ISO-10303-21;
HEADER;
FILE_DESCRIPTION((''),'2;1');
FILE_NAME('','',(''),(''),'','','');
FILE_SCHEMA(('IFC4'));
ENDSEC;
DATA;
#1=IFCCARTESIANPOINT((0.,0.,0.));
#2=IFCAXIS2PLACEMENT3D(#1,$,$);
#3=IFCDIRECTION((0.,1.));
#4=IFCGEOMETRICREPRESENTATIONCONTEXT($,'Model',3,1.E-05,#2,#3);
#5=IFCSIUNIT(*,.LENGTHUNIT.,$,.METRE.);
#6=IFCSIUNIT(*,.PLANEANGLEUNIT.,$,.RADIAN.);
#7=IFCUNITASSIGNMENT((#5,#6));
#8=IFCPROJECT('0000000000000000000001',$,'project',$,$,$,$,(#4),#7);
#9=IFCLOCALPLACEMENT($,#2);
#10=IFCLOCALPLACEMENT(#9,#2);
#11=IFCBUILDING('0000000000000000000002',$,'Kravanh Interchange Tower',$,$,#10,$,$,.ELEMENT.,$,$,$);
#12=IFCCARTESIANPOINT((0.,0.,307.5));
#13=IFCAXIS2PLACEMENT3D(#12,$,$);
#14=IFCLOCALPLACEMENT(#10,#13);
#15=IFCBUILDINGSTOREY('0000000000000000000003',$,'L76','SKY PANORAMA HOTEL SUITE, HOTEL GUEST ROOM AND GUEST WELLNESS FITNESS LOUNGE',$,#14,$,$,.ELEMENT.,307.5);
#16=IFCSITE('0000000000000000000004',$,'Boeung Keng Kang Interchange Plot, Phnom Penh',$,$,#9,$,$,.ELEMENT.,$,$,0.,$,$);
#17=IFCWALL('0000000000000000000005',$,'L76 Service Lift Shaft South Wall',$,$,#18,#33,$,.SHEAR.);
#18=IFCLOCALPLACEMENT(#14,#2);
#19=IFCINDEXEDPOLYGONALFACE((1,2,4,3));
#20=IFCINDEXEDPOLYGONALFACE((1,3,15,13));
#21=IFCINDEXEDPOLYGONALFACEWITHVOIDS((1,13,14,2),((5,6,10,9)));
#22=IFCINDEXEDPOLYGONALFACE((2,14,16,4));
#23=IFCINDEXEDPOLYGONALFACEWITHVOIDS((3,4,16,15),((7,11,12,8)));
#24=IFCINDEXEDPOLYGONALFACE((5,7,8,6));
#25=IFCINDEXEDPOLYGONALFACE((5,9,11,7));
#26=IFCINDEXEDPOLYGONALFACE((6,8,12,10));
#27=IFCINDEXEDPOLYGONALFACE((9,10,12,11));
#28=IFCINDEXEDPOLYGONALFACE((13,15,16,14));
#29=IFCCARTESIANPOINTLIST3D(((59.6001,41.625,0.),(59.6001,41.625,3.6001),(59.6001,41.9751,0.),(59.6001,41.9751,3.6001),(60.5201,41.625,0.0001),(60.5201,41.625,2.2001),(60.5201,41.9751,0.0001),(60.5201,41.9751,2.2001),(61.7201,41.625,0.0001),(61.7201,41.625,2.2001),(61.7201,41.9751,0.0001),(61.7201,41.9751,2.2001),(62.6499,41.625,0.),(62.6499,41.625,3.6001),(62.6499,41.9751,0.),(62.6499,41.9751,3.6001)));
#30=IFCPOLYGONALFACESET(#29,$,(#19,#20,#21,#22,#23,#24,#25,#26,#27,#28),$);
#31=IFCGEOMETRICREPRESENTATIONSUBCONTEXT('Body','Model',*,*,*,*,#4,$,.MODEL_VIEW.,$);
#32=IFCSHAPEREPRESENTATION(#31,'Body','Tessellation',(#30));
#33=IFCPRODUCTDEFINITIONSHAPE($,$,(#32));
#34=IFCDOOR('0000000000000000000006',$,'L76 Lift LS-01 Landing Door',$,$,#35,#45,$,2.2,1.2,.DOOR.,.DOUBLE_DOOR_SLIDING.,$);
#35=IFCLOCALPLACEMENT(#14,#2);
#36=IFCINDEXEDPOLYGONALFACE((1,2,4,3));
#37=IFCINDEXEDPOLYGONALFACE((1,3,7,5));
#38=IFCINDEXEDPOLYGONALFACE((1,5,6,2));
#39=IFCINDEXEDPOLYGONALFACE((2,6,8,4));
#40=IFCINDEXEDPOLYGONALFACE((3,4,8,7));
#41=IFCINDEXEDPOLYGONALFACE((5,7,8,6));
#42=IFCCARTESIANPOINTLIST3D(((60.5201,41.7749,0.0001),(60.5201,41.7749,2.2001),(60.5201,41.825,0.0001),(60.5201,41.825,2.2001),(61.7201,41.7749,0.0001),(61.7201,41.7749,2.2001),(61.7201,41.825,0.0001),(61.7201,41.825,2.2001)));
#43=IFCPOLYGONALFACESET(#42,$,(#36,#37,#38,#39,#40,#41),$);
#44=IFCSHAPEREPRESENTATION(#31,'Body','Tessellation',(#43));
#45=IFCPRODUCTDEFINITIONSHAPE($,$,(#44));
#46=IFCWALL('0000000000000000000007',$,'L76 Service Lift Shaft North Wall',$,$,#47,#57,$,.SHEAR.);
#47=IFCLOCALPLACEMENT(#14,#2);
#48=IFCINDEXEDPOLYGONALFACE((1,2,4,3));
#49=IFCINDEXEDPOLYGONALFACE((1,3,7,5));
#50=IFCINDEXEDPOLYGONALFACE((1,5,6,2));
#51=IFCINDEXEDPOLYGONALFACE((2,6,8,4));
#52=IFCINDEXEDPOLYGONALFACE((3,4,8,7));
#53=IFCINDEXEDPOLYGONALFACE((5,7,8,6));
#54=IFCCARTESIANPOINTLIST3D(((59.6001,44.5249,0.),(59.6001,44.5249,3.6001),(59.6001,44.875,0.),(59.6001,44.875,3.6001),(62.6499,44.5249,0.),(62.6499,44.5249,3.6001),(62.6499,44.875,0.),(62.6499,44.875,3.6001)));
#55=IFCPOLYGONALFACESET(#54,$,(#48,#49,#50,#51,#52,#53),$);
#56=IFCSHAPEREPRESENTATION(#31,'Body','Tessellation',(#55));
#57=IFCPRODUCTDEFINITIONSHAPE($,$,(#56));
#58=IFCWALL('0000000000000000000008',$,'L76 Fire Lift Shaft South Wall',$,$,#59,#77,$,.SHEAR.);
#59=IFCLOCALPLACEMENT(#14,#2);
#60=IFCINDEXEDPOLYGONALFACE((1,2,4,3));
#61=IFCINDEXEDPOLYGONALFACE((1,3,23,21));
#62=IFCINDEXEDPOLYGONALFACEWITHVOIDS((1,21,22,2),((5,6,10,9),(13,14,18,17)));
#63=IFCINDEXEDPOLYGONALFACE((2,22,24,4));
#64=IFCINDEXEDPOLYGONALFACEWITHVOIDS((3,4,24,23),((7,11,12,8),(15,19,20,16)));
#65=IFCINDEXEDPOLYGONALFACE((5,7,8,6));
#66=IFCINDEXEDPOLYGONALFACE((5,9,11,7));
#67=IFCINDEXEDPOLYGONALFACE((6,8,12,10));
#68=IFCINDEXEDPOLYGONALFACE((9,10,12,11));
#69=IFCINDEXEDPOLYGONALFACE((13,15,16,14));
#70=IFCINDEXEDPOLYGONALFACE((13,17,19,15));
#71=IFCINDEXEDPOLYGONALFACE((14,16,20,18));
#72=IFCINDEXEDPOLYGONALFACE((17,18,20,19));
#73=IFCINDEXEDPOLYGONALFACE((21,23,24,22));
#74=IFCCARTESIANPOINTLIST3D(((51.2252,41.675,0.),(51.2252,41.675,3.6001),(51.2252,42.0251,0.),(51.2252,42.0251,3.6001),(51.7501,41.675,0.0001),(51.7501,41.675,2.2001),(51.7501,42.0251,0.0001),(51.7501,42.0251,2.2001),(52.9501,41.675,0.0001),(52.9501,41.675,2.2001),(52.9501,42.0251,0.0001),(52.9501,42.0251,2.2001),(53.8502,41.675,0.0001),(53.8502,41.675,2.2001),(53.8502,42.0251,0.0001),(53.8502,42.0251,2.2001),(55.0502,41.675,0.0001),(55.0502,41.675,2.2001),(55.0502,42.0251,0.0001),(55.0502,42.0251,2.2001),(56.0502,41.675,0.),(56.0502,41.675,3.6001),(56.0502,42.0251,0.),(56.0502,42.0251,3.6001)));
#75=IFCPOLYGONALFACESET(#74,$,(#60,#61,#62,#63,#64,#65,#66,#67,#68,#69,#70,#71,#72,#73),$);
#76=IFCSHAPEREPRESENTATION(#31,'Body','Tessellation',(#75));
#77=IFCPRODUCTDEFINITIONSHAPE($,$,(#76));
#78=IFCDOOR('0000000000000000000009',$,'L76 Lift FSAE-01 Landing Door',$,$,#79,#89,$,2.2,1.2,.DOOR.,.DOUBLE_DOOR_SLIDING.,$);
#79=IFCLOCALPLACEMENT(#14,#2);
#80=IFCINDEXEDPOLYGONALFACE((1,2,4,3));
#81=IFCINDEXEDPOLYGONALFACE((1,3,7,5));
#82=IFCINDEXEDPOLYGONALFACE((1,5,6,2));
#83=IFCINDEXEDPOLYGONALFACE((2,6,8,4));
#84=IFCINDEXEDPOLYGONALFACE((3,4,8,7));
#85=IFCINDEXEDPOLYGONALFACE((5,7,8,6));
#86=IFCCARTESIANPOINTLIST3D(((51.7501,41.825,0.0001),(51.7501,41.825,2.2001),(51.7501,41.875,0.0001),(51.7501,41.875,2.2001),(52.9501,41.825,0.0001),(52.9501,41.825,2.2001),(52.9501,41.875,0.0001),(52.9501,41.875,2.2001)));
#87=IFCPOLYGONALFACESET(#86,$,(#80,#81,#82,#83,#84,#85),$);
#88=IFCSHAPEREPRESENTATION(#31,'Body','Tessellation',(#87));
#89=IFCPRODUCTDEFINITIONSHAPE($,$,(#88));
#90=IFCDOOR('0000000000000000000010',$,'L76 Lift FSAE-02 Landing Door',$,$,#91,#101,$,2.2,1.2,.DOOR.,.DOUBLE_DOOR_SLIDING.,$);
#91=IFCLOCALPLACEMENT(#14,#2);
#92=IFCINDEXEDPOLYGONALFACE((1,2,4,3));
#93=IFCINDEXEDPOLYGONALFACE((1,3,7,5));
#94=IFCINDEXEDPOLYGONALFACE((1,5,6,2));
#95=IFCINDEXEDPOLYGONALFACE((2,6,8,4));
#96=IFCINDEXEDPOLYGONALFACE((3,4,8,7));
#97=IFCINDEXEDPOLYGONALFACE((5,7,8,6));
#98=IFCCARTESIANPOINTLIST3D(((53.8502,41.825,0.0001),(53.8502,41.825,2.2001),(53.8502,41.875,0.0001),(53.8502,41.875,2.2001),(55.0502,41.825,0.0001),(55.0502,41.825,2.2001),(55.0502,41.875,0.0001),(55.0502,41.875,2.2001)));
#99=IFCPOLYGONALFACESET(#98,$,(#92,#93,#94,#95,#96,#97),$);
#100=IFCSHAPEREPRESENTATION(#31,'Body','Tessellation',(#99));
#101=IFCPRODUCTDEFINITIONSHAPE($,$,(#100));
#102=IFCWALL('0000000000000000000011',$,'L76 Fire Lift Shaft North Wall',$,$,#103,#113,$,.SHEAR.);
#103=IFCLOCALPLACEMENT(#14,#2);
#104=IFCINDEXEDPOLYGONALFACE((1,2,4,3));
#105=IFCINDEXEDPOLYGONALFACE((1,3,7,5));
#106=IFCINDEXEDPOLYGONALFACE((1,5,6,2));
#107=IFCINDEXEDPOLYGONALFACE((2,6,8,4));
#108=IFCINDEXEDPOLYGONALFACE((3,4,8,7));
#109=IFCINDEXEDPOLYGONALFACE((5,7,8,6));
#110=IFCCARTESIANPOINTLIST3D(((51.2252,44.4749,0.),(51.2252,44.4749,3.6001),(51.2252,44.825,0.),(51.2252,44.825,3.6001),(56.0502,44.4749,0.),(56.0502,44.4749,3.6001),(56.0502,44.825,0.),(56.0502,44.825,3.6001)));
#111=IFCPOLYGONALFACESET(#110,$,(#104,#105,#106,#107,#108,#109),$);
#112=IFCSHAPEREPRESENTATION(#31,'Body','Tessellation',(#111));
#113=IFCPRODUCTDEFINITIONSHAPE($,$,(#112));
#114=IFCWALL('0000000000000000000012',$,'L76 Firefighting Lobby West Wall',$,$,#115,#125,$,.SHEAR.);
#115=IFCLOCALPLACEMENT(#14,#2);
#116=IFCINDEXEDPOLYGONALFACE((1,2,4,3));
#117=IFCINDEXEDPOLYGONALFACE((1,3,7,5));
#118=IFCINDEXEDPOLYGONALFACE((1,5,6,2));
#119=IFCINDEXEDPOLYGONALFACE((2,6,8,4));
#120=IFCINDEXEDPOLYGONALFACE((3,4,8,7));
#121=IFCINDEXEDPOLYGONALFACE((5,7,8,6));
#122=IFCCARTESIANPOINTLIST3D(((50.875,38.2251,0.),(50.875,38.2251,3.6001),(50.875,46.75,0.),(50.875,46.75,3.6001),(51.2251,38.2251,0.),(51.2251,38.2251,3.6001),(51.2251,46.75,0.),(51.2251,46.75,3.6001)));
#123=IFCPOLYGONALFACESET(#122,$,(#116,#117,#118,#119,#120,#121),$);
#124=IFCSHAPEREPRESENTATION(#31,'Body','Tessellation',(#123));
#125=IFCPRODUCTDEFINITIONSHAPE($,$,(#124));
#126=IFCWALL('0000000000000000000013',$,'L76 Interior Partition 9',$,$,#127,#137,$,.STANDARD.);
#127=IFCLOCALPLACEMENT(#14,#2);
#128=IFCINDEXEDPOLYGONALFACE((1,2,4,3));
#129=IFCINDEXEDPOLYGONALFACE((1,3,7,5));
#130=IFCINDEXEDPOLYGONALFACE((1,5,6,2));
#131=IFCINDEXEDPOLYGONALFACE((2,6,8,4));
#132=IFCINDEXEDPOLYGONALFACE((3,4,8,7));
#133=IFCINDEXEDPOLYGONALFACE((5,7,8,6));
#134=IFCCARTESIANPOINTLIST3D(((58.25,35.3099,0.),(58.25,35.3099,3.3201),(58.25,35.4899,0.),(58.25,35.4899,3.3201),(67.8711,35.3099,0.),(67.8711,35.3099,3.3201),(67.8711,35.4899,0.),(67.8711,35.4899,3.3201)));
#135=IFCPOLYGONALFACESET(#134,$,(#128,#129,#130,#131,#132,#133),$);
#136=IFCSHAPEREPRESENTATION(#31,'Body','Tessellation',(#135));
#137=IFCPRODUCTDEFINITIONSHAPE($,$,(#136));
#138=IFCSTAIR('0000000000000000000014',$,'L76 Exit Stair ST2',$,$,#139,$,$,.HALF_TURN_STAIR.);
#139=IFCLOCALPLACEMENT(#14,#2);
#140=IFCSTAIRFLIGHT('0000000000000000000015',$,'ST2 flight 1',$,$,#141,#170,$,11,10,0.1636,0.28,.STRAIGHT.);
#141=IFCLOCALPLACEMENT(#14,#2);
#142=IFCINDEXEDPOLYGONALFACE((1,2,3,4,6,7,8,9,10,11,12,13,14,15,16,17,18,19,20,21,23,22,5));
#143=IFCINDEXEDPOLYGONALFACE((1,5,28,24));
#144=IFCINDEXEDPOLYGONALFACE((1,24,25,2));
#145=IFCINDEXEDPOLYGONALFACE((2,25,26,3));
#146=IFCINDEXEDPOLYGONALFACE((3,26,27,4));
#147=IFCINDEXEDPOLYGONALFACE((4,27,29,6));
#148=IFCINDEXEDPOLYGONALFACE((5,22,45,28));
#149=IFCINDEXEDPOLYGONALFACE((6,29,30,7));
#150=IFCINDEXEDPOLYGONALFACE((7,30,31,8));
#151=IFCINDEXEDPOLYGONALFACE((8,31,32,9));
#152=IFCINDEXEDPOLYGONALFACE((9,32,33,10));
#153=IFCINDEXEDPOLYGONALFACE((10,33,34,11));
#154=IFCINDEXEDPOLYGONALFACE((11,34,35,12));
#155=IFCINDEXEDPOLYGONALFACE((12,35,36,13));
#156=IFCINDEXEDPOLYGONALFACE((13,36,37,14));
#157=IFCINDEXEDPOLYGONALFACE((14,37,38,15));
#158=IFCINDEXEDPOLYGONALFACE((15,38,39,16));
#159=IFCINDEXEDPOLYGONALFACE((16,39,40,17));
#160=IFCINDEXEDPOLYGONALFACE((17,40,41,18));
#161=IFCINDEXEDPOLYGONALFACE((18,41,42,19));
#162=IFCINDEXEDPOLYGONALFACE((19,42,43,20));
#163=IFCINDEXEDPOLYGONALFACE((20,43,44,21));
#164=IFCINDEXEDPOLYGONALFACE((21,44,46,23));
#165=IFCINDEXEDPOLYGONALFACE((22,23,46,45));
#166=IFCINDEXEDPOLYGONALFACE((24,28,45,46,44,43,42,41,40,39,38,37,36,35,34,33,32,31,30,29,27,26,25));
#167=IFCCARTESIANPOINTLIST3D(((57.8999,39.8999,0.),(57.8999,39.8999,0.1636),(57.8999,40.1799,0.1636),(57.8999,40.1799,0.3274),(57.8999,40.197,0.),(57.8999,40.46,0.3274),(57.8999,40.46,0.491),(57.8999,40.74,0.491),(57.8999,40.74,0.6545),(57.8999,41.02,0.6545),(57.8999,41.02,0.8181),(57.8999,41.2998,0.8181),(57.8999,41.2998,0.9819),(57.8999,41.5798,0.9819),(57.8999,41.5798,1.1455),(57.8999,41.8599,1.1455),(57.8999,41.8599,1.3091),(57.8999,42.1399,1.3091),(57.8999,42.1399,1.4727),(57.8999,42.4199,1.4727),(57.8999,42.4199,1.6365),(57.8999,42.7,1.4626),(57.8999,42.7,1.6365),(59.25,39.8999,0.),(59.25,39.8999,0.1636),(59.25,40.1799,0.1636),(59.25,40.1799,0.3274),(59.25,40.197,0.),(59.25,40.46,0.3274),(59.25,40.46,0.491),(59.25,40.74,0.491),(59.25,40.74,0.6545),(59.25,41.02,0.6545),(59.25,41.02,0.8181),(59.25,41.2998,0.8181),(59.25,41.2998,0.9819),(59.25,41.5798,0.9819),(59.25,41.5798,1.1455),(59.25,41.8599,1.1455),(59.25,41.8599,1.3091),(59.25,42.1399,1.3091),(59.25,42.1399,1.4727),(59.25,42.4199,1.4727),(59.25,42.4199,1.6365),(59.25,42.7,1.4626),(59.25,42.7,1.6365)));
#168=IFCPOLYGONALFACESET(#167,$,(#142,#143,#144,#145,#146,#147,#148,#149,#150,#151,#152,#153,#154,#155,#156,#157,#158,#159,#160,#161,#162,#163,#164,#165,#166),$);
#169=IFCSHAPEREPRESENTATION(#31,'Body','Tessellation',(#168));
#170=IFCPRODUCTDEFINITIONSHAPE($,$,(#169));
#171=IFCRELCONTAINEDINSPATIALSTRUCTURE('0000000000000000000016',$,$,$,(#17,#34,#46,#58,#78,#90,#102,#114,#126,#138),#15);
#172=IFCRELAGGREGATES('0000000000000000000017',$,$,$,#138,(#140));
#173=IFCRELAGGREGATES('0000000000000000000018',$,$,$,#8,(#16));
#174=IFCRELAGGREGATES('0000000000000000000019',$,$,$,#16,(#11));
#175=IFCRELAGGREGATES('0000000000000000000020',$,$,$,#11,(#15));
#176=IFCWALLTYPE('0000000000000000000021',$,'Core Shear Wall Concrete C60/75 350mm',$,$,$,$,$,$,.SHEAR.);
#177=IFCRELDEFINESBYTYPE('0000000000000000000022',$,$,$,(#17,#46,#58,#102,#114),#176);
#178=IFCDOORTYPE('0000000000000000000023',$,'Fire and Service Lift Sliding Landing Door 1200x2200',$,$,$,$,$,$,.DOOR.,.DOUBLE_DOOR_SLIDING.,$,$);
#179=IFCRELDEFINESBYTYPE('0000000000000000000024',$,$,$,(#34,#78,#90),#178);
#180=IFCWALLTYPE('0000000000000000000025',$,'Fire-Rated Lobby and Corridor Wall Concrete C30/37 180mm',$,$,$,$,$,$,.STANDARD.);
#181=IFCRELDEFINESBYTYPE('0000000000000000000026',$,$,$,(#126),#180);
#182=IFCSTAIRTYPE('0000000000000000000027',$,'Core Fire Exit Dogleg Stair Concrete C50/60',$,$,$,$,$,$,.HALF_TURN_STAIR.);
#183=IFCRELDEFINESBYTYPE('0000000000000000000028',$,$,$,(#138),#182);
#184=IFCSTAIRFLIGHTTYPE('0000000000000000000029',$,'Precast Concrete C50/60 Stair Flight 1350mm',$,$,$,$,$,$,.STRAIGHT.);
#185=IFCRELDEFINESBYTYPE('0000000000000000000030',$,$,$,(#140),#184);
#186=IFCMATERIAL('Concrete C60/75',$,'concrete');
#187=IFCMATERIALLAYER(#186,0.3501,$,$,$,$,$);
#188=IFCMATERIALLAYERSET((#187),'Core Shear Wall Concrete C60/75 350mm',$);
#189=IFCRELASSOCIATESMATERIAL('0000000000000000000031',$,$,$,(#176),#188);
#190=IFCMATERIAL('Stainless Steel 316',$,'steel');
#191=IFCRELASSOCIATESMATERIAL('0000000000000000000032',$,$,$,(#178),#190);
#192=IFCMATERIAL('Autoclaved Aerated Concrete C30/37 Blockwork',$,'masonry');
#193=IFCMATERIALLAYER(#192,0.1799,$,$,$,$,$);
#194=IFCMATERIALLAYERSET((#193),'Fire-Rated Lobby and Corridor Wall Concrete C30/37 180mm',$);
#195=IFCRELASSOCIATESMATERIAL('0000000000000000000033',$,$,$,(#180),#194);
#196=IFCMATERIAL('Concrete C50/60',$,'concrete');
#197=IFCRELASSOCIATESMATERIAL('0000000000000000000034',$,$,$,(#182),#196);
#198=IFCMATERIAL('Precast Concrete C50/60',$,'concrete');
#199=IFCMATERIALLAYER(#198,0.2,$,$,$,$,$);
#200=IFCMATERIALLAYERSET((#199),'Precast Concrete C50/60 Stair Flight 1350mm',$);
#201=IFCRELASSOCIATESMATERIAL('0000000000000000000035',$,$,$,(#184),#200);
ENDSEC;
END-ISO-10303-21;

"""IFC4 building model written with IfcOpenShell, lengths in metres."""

from ifc_helpers import new_model, si_unit, direction, frame, frame_2d, origin, place, context, subcontext, project, spatial, polyline, rectangle, outline, extrude, material, layer, layer_set, type_object, element, fill, aggregate, save


model = new_model("IFC4")

# Units and contexts
model_context = context("Model", 3, precision=1e-05, world=origin(), true_north=direction((0.0, 1.0)))
body_context = subcontext(model_context, "Body", "Model", "MODEL_VIEW")
ifc_project = project(units=[si_unit("LENGTHUNIT", "METRE"), si_unit("PLANEANGLEUNIT", "RADIAN")], contexts=[model_context])

# Site, building, storey
site_placement = place(None, origin())
site = spatial("IfcSite", under=ifc_project, at=site_placement, Name="Boeung Keng Kang Interchange Plot, Phnom Penh", CompositionType="ELEMENT", RefElevation=0.0)
building_placement = place(site_placement, origin())
building = spatial("IfcBuilding", under=site, at=building_placement, Name="Kravanh Interchange Tower", CompositionType="ELEMENT")
storey_placement = place(building_placement, frame((0.0, 0.0, 307.5)))
storey = spatial("IfcBuildingStorey", under=building, at=storey_placement, Name="L76", Description="SKY PANORAMA HOTEL SUITE, HOTEL GUEST ROOM AND GUEST WELLNESS FITNESS LOUNGE", CompositionType="ELEMENT", Elevation=307.5)

# Shared definitions
ifc_material_1 = material(Name="Concrete C60/75", Category="concrete")
ifc_layer_1 = layer(ifc_material_1, 0.3501)
ifc_layer_set_1 = layer_set([ifc_layer_1], Name="Core Shear Wall Concrete C60/75 350mm")
wall_type_1 = type_object("IfcWallType", Name="Core Shear Wall Concrete C60/75 350mm", PredefinedType="SHEAR", material=ifc_layer_set_1)

# Wall, opening, door
wall_1_placement = place(storey_placement, frame((59.6001, 41.8, 0.0), z_axis=(0.0, 0.0, 1.0), x_axis=(1.0, 0.0, 0.0)))
wall_1 = element("IfcWall", 1, at=wall_1_placement, inside=storey, type_object=wall_type_1, Name="L76 Service Lift Shaft South Wall", PredefinedType="SHEAR", context=body_context, shape_type="SweptSolid", body=[
    extrude(rectangle(XDim=3.0498, YDim=0.3501, at=frame_2d((1.5249, 0.0))), origin(), (0.0, 0.0, 1.0), 3.6001),
])
opening_1_placement = place(wall_1_placement, frame((0.9199, 0.0, 0.0)))
opening_1 = element("IfcOpeningElement", 2, at=opening_1_placement, cuts=wall_1, PredefinedType="OPENING", context=body_context, shape_type="SweptSolid", body=[
    extrude(rectangle(XDim=1.2, YDim=2.2, at=frame_2d((0.6001, 1.1001))), frame((0.0, 0.1851, 0.0), z_axis=(0.0, -1.0, 0.0), x_axis=(1.0, 0.0, 0.0)), (0.0, 0.0, 1.0), 0.3701),
])
ifc_material_2 = material(Name="Stainless Steel 316", Category="steel")
door_type_1 = type_object("IfcDoorType", Name="Fire and Service Lift Sliding Landing Door 1200x2200", OperationType="DOUBLE_DOOR_SLIDING", PredefinedType="DOOR", material=ifc_material_2)
door_1_placement = place(opening_1_placement, origin())
door_1 = element("IfcDoor", 3, at=door_1_placement, inside=storey, type_object=door_type_1, Name="L76 Lift LS-01 Landing Door", OperationType="DOUBLE_DOOR_SLIDING", OverallHeight=2.2, OverallWidth=1.2, PredefinedType="DOOR", context=body_context, shape_type="SweptSolid", body=[
    extrude(rectangle(XDim=1.2, YDim=2.2, at=frame_2d((0.6001, 1.1001))), frame((0.0, 0.0249, 0.0), z_axis=(0.0, -1.0, 0.0), x_axis=(1.0, 0.0, 0.0)), (0.0, 0.0, 1.0), 0.05),
])
fill(opening_1, door_1)

# Wall
wall_2_placement = place(storey_placement, frame((59.6001, 44.7, 0.0), z_axis=(0.0, 0.0, 1.0), x_axis=(1.0, 0.0, 0.0)))
element("IfcWall", 4, at=wall_2_placement, inside=storey, type_object=wall_type_1, Name="L76 Service Lift Shaft North Wall", PredefinedType="SHEAR", context=body_context, shape_type="SweptSolid", body=[
    extrude(rectangle(XDim=3.0498, YDim=0.3501, at=frame_2d((1.5249, 0.0))), origin(), (0.0, 0.0, 1.0), 3.6001),
])

# Wall, openings, doors
wall_3_placement = place(storey_placement, frame((51.2251, 41.8501, 0.0), z_axis=(0.0, 0.0, 1.0), x_axis=(1.0, 0.0, 0.0)))
wall_3 = element("IfcWall", 5, at=wall_3_placement, inside=storey, type_object=wall_type_1, Name="L76 Fire Lift Shaft South Wall", PredefinedType="SHEAR", context=body_context, shape_type="SweptSolid", body=[
    extrude(rectangle(XDim=4.825, YDim=0.3501, at=frame_2d((2.4126, 0.0))), origin(), (0.0, 0.0, 1.0), 3.6001),
])
opening_2_placement = place(wall_3_placement, frame((0.5249, 0.0, 0.0)))
opening_2 = element("IfcOpeningElement", 6, at=opening_2_placement, cuts=wall_3, PredefinedType="OPENING", context=body_context, shape_type="SweptSolid", body=[
    extrude(rectangle(XDim=1.2, YDim=2.2, at=frame_2d((0.6001, 1.1001))), frame((0.0, 0.1851, 0.0), z_axis=(0.0, -1.0, 0.0), x_axis=(1.0, 0.0, 0.0)), (0.0, 0.0, 1.0), 0.3701),
])
opening_3_placement = place(wall_3_placement, frame((2.625, 0.0, 0.0)))
opening_3 = element("IfcOpeningElement", 7, at=opening_3_placement, cuts=wall_3, PredefinedType="OPENING", context=body_context, shape_type="SweptSolid", body=[
    extrude(rectangle(XDim=1.2, YDim=2.2, at=frame_2d((0.6001, 1.1001))), frame((0.0, 0.1851, 0.0), z_axis=(0.0, -1.0, 0.0), x_axis=(1.0, 0.0, 0.0)), (0.0, 0.0, 1.0), 0.3701),
])
door_2_placement = place(opening_2_placement, origin())
door_2 = element("IfcDoor", 8, at=door_2_placement, inside=storey, type_object=door_type_1, Name="L76 Lift FSAE-01 Landing Door", OperationType="DOUBLE_DOOR_SLIDING", OverallHeight=2.2, OverallWidth=1.2, PredefinedType="DOOR", context=body_context, shape_type="SweptSolid", body=[
    extrude(rectangle(XDim=1.2, YDim=2.2, at=frame_2d((0.6001, 1.1001))), frame((0.0, 0.0249, 0.0), z_axis=(0.0, -1.0, 0.0), x_axis=(1.0, 0.0, 0.0)), (0.0, 0.0, 1.0), 0.05),
])
fill(opening_2, door_2)
door_3_placement = place(opening_3_placement, origin())
door_3 = element("IfcDoor", 9, at=door_3_placement, inside=storey, type_object=door_type_1, Name="L76 Lift FSAE-02 Landing Door", OperationType="DOUBLE_DOOR_SLIDING", OverallHeight=2.2, OverallWidth=1.2, PredefinedType="DOOR", context=body_context, shape_type="SweptSolid", body=[
    extrude(rectangle(XDim=1.2, YDim=2.2, at=frame_2d((0.6001, 1.1001))), frame((0.0, 0.0249, 0.0), z_axis=(0.0, -1.0, 0.0), x_axis=(1.0, 0.0, 0.0)), (0.0, 0.0, 1.0), 0.05),
])
fill(opening_3, door_3)

# Walls
wall_4_placement = place(storey_placement, frame((51.2251, 44.6499, 0.0), z_axis=(0.0, 0.0, 1.0), x_axis=(1.0, 0.0, 0.0)))
element("IfcWall", 10, at=wall_4_placement, inside=storey, type_object=wall_type_1, Name="L76 Fire Lift Shaft North Wall", PredefinedType="SHEAR", context=body_context, shape_type="SweptSolid", body=[
    extrude(rectangle(XDim=4.825, YDim=0.3501, at=frame_2d((2.4126, 0.0))), origin(), (0.0, 0.0, 1.0), 3.6001),
])
wall_5_placement = place(storey_placement, frame((51.05, 38.2251, 0.0), z_axis=(0.0, 0.0, 1.0), x_axis=(0.0, 1.0, 0.0)))
element("IfcWall", 11, at=wall_5_placement, inside=storey, type_object=wall_type_1, Name="L76 Firefighting Lobby West Wall", PredefinedType="SHEAR", context=body_context, shape_type="SweptSolid", body=[
    extrude(rectangle(XDim=8.5249, YDim=0.3501, at=frame_2d((4.2625, 0.0))), origin(), (0.0, 0.0, 1.0), 3.6001),
])

# Wall
ifc_material_3 = material(Name="Autoclaved Aerated Concrete C30/37 Blockwork", Category="masonry")
ifc_layer_2 = layer(ifc_material_3, 0.1799)
ifc_layer_set_2 = layer_set([ifc_layer_2], Name="Fire-Rated Lobby and Corridor Wall Concrete C30/37 180mm")
wall_type_2 = type_object("IfcWallType", Name="Fire-Rated Lobby and Corridor Wall Concrete C30/37 180mm", PredefinedType="STANDARD", material=ifc_layer_set_2)
wall_6_placement = place(storey_placement, frame((58.25, 35.3999, 0.0), z_axis=(0.0, 0.0, 1.0), x_axis=(1.0, 0.0, 0.0)))
element("IfcWall", 12, at=wall_6_placement, inside=storey, type_object=wall_type_2, Name="L76 Interior Partition 9", PredefinedType="STANDARD", context=body_context, shape_type="SweptSolid", body=[
    extrude(rectangle(XDim=9.6211, YDim=0.1799, at=frame_2d((4.8105, 0.0))), origin(), (0.0, 0.0, 1.0), 3.3201),
])

# Stair, stair flight
ifc_material_4 = material(Name="Concrete C50/60", Category="concrete")
stair_type = type_object("IfcStairType", Name="Core Fire Exit Dogleg Stair Concrete C50/60", PredefinedType="HALF_TURN_STAIR", material=ifc_material_4)
stair_placement = place(storey_placement, origin())
stair = element("IfcStair", 13, at=stair_placement, inside=storey, type_object=stair_type, Name="L76 Exit Stair ST2", PredefinedType="HALF_TURN_STAIR")
ifc_material_5 = material(Name="Precast Concrete C50/60", Category="concrete")
ifc_layer_3 = layer(ifc_material_5, 0.2)
ifc_layer_set_3 = layer_set([ifc_layer_3], Name="Precast Concrete C50/60 Stair Flight 1350mm")
stair_flight_type = type_object("IfcStairFlightType", Name="Precast Concrete C50/60 Stair Flight 1350mm", PredefinedType="STRAIGHT", material=ifc_layer_set_3)
stair_flight_1_placement = place(storey_placement, frame((58.575, 39.8999, 0.0), z_axis=(0.0, 0.0, 1.0), x_axis=(0.0, 1.0, 0.0)))
stair_flight_1 = element("IfcStairFlight", 14, at=stair_flight_1_placement, type_object=stair_flight_type, Name="ST2 flight 1", NumberOfRisers=11, NumberOfTreads=10, PredefinedType="STRAIGHT", RiserHeight=0.1636, TreadLength=0.28, context=body_context, shape_type="SweptSolid", body=[
    extrude(outline(polyline([(0.0, 0.0), (0.0, 0.1636), (0.28, 0.1636), (0.28, 0.3274), (0.5601, 0.3274), (0.5601, 0.491), (0.8401, 0.491), (0.8401, 0.6545), (1.1201, 0.6545), (1.1201, 0.8181), (1.3999, 0.8181), (1.3999, 0.9819), (1.6799, 0.9819), (1.6799, 1.1455), (1.96, 1.1455), (1.96, 1.3091), (2.24, 1.3091), (2.24, 1.4727), (2.52, 1.4727), (2.52, 1.6365), (2.8, 1.6365), (2.8, 1.8), (2.8, 1.4626), (0.2971, 0.0), (0.0, 0.0)])), frame((0.0, 0.675, 0.0), z_axis=(0.0, -1.0, 0.0), x_axis=(1.0, 0.0, 0.0)), (0.0, 0.0, 1.0), 1.3501),
])
aggregate(stair, [stair_flight_1])

save(model, "model.ifc")
